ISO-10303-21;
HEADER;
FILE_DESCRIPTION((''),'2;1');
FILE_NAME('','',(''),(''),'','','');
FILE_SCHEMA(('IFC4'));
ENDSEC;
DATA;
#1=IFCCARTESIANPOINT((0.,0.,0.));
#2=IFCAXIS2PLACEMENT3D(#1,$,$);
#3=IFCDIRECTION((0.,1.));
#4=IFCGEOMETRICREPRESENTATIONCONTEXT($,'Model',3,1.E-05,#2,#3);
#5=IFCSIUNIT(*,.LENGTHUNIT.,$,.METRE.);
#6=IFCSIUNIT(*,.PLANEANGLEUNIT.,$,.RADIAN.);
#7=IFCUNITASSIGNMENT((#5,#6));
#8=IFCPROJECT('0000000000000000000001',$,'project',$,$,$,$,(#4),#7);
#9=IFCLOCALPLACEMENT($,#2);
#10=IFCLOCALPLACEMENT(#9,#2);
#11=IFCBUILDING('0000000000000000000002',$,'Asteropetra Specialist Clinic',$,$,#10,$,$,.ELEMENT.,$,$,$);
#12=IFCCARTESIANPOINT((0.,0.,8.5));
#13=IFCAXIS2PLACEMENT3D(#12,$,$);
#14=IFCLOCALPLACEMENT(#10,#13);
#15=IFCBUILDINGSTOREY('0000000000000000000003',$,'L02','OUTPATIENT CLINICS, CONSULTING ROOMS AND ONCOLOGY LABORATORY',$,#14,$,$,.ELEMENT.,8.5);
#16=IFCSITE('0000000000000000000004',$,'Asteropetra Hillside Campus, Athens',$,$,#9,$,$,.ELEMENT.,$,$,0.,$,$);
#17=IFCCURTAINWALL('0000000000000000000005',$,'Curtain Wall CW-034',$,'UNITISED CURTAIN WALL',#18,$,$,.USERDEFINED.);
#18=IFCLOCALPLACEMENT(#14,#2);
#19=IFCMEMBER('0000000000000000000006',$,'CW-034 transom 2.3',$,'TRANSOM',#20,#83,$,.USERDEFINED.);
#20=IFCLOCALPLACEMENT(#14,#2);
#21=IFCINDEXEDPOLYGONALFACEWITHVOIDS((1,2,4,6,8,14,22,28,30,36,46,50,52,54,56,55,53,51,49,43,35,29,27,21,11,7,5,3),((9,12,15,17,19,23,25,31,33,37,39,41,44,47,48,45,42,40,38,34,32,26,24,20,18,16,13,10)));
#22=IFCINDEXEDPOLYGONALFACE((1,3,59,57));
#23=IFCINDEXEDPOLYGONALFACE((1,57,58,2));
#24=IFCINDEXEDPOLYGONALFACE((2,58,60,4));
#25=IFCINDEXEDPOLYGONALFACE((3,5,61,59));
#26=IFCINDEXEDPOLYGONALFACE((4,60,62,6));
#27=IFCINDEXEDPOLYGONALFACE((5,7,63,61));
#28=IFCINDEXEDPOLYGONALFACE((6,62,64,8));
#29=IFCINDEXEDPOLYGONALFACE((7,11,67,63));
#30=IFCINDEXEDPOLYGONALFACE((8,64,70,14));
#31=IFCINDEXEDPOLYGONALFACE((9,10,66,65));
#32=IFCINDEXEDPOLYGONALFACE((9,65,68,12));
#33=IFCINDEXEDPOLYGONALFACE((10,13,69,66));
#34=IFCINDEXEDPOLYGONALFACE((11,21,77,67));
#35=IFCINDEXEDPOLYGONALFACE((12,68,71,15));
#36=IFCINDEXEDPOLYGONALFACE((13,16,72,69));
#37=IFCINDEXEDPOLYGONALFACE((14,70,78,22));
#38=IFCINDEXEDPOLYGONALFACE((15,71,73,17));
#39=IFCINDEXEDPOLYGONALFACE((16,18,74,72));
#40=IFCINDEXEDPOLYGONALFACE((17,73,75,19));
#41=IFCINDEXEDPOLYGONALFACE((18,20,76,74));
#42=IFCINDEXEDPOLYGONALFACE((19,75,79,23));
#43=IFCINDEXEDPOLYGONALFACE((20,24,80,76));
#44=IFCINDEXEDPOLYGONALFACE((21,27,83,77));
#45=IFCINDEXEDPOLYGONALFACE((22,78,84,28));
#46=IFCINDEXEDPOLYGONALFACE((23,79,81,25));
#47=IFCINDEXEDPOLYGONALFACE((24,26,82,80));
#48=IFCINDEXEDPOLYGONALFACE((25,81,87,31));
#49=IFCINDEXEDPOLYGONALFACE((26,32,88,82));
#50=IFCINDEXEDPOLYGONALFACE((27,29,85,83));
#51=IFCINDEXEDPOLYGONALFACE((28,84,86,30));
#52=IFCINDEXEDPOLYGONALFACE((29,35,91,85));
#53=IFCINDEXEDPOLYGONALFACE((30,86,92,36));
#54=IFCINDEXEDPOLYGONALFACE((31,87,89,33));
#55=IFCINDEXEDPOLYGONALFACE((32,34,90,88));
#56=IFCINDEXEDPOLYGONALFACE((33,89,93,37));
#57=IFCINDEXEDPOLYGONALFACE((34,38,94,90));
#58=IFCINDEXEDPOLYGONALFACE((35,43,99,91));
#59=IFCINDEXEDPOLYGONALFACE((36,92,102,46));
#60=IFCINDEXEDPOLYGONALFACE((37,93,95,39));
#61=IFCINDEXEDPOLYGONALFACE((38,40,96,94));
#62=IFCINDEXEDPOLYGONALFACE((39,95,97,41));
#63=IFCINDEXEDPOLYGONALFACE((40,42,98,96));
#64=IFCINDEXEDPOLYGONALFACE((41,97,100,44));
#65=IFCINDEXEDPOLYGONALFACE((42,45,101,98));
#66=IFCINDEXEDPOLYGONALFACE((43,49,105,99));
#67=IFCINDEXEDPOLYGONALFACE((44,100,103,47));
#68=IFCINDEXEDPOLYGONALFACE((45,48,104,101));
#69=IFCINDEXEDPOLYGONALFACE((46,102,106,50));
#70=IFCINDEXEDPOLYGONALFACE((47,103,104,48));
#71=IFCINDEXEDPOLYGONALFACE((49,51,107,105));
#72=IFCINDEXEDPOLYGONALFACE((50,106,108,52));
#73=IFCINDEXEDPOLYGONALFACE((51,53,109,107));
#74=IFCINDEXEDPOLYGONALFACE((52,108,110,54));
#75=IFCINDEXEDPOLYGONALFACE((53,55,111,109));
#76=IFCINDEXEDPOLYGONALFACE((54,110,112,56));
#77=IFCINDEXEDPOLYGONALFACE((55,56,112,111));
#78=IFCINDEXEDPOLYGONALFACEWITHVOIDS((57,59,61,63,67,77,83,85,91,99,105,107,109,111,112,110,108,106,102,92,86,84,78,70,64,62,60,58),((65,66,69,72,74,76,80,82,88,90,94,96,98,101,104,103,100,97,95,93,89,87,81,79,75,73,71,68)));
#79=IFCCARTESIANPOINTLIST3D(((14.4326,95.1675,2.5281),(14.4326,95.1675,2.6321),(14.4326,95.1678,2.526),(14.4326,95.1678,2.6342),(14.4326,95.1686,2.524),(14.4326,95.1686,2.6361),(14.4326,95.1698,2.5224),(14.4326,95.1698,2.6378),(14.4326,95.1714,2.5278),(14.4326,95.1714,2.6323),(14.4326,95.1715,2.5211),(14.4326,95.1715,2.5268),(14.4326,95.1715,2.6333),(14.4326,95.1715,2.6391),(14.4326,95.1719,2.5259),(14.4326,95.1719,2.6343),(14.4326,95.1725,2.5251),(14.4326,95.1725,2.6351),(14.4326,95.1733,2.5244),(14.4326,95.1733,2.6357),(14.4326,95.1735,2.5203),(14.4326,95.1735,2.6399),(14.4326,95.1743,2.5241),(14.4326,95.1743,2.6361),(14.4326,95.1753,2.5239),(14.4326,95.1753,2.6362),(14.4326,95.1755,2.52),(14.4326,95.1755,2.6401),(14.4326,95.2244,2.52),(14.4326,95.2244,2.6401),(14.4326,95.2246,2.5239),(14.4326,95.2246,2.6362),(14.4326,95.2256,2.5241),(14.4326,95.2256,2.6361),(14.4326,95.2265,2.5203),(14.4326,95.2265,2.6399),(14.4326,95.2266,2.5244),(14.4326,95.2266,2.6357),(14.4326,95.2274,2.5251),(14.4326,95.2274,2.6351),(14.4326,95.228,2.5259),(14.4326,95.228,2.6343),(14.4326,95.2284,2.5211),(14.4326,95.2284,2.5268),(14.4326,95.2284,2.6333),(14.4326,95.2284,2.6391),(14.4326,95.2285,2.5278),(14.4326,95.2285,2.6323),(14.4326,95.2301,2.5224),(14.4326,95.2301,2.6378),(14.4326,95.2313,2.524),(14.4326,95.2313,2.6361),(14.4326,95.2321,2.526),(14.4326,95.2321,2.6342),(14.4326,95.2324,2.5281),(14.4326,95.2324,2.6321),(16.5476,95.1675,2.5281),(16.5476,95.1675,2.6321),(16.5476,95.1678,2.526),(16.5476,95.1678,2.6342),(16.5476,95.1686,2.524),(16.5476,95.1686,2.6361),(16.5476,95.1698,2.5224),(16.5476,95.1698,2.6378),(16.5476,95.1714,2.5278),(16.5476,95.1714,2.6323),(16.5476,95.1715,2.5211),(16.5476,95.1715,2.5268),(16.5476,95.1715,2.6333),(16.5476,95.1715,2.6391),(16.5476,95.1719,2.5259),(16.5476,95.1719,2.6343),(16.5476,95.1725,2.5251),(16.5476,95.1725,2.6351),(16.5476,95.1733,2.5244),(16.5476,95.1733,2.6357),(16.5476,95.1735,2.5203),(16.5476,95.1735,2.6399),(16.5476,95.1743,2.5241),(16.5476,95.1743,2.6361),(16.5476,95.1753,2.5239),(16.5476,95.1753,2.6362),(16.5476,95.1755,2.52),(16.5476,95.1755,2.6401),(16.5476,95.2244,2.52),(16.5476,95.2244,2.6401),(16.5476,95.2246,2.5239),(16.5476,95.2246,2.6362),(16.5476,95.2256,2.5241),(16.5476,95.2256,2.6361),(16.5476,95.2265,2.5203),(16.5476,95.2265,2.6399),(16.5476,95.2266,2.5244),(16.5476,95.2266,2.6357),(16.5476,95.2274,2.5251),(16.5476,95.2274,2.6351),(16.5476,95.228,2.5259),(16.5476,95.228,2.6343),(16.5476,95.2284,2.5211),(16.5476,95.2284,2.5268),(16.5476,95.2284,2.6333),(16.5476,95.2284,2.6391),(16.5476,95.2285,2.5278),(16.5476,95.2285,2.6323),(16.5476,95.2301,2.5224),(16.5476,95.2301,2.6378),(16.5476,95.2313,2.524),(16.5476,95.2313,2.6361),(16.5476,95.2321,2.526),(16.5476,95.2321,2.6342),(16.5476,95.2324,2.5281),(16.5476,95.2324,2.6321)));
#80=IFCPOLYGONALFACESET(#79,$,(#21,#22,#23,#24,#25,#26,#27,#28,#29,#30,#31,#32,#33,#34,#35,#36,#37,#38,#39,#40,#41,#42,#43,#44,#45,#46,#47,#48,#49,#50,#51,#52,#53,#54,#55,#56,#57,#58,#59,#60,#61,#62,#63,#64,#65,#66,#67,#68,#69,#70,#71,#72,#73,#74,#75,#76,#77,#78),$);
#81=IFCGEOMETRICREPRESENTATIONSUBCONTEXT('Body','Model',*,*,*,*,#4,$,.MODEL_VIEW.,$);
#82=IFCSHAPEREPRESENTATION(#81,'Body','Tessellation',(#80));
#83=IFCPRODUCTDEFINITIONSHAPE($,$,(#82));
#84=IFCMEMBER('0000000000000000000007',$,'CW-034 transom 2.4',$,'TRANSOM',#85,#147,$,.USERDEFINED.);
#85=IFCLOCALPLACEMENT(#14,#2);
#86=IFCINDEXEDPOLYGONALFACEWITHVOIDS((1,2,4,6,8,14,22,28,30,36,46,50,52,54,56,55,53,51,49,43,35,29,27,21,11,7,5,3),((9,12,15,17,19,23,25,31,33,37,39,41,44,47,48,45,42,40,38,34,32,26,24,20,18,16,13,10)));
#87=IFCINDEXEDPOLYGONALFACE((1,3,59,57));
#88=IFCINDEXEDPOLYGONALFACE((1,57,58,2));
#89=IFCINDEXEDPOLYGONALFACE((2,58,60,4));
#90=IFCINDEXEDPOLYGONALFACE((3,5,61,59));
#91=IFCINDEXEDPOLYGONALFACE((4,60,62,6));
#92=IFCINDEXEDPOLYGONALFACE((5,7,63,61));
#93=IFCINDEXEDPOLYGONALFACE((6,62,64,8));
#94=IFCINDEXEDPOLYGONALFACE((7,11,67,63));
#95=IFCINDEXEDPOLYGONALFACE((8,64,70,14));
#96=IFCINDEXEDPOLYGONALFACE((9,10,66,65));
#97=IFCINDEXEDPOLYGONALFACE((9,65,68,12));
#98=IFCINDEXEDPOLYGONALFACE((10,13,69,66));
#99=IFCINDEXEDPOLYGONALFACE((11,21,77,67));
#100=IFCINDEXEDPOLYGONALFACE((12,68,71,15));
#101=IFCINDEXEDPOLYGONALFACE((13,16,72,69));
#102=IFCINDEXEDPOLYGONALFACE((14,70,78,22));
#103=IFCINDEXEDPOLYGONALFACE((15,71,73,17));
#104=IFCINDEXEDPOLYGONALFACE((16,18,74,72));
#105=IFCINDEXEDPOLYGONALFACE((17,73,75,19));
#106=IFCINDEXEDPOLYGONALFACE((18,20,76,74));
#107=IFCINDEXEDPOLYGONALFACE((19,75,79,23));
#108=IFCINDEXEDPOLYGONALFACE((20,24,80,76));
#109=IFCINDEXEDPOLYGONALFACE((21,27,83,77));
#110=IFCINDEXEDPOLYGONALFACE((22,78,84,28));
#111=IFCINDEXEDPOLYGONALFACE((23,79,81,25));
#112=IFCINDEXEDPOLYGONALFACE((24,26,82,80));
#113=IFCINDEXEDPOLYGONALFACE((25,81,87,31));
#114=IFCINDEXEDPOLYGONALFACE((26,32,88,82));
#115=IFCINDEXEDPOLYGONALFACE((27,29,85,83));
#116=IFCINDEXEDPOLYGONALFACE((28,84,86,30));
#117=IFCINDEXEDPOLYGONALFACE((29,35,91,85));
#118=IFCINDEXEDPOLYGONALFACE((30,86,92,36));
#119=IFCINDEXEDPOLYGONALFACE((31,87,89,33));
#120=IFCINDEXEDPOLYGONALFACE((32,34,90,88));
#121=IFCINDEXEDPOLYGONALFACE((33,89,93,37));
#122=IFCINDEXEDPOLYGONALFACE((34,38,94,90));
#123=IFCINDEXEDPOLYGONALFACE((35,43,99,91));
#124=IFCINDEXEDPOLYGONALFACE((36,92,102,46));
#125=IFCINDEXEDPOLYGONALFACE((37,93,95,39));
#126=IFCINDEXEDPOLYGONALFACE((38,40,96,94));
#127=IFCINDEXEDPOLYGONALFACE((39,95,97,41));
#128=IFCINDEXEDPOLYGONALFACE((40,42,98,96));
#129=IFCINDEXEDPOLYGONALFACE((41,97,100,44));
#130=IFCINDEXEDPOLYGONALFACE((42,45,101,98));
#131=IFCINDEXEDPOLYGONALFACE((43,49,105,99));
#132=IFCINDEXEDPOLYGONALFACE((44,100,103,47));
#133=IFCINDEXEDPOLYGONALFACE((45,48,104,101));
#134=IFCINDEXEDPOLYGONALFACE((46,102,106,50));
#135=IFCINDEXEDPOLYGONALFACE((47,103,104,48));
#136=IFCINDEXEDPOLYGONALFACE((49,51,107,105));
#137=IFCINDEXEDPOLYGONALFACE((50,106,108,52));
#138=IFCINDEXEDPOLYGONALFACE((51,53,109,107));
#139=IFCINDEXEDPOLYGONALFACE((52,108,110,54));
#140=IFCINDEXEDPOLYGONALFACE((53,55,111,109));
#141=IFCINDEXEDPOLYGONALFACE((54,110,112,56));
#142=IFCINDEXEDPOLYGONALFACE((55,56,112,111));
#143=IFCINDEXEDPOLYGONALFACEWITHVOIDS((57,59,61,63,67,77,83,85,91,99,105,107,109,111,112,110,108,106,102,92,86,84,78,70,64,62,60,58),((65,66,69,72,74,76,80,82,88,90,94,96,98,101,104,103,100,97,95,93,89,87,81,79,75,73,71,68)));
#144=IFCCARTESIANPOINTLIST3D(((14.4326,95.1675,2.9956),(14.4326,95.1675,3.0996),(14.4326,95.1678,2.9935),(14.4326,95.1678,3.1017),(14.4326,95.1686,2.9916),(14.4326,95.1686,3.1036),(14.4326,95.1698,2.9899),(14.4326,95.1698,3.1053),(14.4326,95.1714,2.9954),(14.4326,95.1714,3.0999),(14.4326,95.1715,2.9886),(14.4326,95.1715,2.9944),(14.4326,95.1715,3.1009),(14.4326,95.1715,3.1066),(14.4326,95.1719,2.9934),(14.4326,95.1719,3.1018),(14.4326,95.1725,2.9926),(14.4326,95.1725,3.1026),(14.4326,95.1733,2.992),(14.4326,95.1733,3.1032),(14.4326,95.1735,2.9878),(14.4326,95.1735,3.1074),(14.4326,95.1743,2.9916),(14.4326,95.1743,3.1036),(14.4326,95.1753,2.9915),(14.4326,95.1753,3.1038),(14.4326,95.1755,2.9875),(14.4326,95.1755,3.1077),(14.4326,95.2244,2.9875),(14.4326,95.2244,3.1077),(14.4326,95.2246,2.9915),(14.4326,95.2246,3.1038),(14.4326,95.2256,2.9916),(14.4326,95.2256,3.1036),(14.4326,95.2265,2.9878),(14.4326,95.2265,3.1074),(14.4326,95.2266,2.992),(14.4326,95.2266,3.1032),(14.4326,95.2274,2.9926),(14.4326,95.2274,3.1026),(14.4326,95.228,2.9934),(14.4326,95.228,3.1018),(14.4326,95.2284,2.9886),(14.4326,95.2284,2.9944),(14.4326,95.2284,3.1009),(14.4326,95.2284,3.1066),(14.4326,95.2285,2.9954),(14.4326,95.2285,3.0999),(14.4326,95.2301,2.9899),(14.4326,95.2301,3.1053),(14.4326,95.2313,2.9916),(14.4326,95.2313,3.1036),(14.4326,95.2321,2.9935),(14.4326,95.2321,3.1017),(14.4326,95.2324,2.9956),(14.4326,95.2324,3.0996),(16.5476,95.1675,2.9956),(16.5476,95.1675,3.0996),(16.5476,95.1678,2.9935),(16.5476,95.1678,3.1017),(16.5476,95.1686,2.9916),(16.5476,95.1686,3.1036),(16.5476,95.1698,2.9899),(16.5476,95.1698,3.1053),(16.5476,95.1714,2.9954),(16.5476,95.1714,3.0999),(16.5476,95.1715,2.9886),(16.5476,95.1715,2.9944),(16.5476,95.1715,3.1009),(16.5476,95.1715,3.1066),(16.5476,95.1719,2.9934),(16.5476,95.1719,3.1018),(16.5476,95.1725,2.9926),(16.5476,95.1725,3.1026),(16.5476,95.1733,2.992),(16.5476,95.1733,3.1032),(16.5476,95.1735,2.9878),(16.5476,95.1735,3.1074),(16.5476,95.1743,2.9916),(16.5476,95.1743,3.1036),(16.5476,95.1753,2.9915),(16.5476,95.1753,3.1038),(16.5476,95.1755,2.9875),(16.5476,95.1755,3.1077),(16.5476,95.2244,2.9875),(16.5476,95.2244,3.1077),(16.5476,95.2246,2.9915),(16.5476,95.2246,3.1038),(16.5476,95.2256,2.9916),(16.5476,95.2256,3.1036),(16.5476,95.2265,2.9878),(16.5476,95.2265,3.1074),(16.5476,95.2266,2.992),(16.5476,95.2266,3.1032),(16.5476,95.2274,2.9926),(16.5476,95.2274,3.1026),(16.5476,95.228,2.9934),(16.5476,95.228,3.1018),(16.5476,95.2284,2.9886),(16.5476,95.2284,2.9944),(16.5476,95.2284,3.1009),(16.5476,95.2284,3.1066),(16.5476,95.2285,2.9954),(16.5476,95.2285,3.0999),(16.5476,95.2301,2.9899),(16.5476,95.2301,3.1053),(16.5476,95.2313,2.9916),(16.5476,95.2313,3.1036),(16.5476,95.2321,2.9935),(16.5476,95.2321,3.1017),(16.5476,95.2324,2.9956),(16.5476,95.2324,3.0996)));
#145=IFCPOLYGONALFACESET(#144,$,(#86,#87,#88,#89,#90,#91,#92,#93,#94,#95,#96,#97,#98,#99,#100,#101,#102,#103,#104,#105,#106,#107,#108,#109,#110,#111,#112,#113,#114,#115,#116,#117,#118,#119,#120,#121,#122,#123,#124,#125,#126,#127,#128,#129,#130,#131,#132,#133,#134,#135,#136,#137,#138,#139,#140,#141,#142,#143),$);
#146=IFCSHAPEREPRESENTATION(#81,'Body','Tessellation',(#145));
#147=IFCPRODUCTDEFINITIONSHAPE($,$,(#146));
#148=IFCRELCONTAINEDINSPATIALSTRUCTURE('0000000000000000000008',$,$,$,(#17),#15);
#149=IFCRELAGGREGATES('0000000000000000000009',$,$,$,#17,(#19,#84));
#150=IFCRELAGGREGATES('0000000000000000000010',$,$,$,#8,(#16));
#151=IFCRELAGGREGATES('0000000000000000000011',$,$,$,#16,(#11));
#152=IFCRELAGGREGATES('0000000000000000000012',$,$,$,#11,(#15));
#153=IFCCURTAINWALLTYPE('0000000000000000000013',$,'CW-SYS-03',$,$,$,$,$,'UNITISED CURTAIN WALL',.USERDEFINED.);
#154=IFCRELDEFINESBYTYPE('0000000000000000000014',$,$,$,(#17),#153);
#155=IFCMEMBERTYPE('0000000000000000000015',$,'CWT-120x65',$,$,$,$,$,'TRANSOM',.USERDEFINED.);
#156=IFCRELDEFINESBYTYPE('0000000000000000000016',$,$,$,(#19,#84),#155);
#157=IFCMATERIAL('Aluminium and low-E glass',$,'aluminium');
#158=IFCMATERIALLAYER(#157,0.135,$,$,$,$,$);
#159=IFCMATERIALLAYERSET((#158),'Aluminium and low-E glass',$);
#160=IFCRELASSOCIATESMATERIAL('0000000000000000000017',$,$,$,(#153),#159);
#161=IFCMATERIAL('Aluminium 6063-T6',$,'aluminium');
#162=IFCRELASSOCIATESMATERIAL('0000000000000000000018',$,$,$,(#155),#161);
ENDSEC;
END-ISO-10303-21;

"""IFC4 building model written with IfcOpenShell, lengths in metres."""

from ifc_helpers import new_model, si_unit, direction, frame, origin, origin_2d, place, context, subcontext, project, spatial, hollow_rectangle, extrude, material, layer, layer_set, material_profile, profile_set, type_object, element, aggregate, save


model = new_model("IFC4")

# Units and contexts
model_context = context("Model", 3, precision=1e-05, world=origin(), true_north=direction((0.0, 1.0)))
body_context = subcontext(model_context, "Body", "Model", "MODEL_VIEW")
ifc_project = project(units=[si_unit("LENGTHUNIT", "METRE"), si_unit("PLANEANGLEUNIT", "RADIAN")], contexts=[model_context])

# Site, building, storey
site_placement = place(None, origin())
site = spatial("IfcSite", under=ifc_project, at=site_placement, Name="Asteropetra Hillside Campus, Athens", CompositionType="ELEMENT", RefElevation=0.0)
building_placement = place(site_placement, origin())
building = spatial("IfcBuilding", under=site, at=building_placement, Name="Asteropetra Specialist Clinic", CompositionType="ELEMENT")
storey_placement = place(building_placement, frame((0.0, 0.0, 8.5)))
storey = spatial("IfcBuildingStorey", under=building, at=storey_placement, Name="L02", Description="OUTPATIENT CLINICS, CONSULTING ROOMS AND ONCOLOGY LABORATORY", CompositionType="ELEMENT", Elevation=8.5)

# Curtain wall, members
ifc_material_1 = material(Name="Aluminium and low-E glass", Category="aluminium")
ifc_layer_1 = layer(ifc_material_1, 0.135)
ifc_layer_set_1 = layer_set([ifc_layer_1], Name="Aluminium and low-E glass")
curtain_wall_type = type_object("IfcCurtainWallType", Name="CW-SYS-03", ElementType="UNITISED CURTAIN WALL", PredefinedType="USERDEFINED", material=ifc_layer_set_1)
curtain_wall_placement = place(storey_placement, origin())
curtain_wall = element("IfcCurtainWall", 1, at=curtain_wall_placement, inside=storey, type_object=curtain_wall_type, Name="Curtain Wall CW-034", ObjectType="UNITISED CURTAIN WALL", PredefinedType="USERDEFINED")
ifc_material_2 = material(Name="Aluminium 6063-T6", Category="aluminium")
ifc_material_profile_1 = material_profile(ifc_material_2, hollow_rectangle(XDim=0.0649, YDim=0.1201, WallThickness=0.0039, InnerFilletRadius=0.0039, OuterFilletRadius=0.0081, at=origin_2d()), Name="TRN 120x65x4.0")
ifc_profile_set_1 = profile_set([ifc_material_profile_1], Name="Aluminium 6063-T6")
member_type_1 = type_object("IfcMemberType", Name="CWT-120x65", ElementType="TRANSOM", PredefinedType="USERDEFINED", material=ifc_profile_set_1)
member_1_placement = place(storey_placement, frame((16.5476, 95.2, 2.5801), z_axis=(-1.0, 0.0, 0.0), x_axis=(0.0, -1.0, 0.0)))
member_1 = element("IfcMember", 2, at=member_1_placement, type_object=member_type_1, Name="CW-034 transom 2.3", ObjectType="TRANSOM", PredefinedType="USERDEFINED", context=body_context, shape_type="SweptSolid", body=[
    extrude(hollow_rectangle(XDim=0.0649, YDim=0.1201, WallThickness=0.0039, InnerFilletRadius=0.0039, OuterFilletRadius=0.0081, at=origin_2d()), origin(), (0.0, 0.0, 1.0), 2.115),
])
member_2_placement = place(storey_placement, frame((16.5476, 95.2, 3.0476), z_axis=(-1.0, 0.0, 0.0), x_axis=(0.0, -1.0, 0.0)))
member_2 = element("IfcMember", 3, at=member_2_placement, type_object=member_type_1, Name="CW-034 transom 2.4", ObjectType="TRANSOM", PredefinedType="USERDEFINED", context=body_context, shape_type="SweptSolid", body=[
    extrude(hollow_rectangle(XDim=0.0649, YDim=0.1201, WallThickness=0.0039, InnerFilletRadius=0.0039, OuterFilletRadius=0.0081, at=origin_2d()), origin(), (0.0, 0.0, 1.0), 2.115),
])

aggregate(curtain_wall, [member_1, member_2])

save(model, "model.ifc")
